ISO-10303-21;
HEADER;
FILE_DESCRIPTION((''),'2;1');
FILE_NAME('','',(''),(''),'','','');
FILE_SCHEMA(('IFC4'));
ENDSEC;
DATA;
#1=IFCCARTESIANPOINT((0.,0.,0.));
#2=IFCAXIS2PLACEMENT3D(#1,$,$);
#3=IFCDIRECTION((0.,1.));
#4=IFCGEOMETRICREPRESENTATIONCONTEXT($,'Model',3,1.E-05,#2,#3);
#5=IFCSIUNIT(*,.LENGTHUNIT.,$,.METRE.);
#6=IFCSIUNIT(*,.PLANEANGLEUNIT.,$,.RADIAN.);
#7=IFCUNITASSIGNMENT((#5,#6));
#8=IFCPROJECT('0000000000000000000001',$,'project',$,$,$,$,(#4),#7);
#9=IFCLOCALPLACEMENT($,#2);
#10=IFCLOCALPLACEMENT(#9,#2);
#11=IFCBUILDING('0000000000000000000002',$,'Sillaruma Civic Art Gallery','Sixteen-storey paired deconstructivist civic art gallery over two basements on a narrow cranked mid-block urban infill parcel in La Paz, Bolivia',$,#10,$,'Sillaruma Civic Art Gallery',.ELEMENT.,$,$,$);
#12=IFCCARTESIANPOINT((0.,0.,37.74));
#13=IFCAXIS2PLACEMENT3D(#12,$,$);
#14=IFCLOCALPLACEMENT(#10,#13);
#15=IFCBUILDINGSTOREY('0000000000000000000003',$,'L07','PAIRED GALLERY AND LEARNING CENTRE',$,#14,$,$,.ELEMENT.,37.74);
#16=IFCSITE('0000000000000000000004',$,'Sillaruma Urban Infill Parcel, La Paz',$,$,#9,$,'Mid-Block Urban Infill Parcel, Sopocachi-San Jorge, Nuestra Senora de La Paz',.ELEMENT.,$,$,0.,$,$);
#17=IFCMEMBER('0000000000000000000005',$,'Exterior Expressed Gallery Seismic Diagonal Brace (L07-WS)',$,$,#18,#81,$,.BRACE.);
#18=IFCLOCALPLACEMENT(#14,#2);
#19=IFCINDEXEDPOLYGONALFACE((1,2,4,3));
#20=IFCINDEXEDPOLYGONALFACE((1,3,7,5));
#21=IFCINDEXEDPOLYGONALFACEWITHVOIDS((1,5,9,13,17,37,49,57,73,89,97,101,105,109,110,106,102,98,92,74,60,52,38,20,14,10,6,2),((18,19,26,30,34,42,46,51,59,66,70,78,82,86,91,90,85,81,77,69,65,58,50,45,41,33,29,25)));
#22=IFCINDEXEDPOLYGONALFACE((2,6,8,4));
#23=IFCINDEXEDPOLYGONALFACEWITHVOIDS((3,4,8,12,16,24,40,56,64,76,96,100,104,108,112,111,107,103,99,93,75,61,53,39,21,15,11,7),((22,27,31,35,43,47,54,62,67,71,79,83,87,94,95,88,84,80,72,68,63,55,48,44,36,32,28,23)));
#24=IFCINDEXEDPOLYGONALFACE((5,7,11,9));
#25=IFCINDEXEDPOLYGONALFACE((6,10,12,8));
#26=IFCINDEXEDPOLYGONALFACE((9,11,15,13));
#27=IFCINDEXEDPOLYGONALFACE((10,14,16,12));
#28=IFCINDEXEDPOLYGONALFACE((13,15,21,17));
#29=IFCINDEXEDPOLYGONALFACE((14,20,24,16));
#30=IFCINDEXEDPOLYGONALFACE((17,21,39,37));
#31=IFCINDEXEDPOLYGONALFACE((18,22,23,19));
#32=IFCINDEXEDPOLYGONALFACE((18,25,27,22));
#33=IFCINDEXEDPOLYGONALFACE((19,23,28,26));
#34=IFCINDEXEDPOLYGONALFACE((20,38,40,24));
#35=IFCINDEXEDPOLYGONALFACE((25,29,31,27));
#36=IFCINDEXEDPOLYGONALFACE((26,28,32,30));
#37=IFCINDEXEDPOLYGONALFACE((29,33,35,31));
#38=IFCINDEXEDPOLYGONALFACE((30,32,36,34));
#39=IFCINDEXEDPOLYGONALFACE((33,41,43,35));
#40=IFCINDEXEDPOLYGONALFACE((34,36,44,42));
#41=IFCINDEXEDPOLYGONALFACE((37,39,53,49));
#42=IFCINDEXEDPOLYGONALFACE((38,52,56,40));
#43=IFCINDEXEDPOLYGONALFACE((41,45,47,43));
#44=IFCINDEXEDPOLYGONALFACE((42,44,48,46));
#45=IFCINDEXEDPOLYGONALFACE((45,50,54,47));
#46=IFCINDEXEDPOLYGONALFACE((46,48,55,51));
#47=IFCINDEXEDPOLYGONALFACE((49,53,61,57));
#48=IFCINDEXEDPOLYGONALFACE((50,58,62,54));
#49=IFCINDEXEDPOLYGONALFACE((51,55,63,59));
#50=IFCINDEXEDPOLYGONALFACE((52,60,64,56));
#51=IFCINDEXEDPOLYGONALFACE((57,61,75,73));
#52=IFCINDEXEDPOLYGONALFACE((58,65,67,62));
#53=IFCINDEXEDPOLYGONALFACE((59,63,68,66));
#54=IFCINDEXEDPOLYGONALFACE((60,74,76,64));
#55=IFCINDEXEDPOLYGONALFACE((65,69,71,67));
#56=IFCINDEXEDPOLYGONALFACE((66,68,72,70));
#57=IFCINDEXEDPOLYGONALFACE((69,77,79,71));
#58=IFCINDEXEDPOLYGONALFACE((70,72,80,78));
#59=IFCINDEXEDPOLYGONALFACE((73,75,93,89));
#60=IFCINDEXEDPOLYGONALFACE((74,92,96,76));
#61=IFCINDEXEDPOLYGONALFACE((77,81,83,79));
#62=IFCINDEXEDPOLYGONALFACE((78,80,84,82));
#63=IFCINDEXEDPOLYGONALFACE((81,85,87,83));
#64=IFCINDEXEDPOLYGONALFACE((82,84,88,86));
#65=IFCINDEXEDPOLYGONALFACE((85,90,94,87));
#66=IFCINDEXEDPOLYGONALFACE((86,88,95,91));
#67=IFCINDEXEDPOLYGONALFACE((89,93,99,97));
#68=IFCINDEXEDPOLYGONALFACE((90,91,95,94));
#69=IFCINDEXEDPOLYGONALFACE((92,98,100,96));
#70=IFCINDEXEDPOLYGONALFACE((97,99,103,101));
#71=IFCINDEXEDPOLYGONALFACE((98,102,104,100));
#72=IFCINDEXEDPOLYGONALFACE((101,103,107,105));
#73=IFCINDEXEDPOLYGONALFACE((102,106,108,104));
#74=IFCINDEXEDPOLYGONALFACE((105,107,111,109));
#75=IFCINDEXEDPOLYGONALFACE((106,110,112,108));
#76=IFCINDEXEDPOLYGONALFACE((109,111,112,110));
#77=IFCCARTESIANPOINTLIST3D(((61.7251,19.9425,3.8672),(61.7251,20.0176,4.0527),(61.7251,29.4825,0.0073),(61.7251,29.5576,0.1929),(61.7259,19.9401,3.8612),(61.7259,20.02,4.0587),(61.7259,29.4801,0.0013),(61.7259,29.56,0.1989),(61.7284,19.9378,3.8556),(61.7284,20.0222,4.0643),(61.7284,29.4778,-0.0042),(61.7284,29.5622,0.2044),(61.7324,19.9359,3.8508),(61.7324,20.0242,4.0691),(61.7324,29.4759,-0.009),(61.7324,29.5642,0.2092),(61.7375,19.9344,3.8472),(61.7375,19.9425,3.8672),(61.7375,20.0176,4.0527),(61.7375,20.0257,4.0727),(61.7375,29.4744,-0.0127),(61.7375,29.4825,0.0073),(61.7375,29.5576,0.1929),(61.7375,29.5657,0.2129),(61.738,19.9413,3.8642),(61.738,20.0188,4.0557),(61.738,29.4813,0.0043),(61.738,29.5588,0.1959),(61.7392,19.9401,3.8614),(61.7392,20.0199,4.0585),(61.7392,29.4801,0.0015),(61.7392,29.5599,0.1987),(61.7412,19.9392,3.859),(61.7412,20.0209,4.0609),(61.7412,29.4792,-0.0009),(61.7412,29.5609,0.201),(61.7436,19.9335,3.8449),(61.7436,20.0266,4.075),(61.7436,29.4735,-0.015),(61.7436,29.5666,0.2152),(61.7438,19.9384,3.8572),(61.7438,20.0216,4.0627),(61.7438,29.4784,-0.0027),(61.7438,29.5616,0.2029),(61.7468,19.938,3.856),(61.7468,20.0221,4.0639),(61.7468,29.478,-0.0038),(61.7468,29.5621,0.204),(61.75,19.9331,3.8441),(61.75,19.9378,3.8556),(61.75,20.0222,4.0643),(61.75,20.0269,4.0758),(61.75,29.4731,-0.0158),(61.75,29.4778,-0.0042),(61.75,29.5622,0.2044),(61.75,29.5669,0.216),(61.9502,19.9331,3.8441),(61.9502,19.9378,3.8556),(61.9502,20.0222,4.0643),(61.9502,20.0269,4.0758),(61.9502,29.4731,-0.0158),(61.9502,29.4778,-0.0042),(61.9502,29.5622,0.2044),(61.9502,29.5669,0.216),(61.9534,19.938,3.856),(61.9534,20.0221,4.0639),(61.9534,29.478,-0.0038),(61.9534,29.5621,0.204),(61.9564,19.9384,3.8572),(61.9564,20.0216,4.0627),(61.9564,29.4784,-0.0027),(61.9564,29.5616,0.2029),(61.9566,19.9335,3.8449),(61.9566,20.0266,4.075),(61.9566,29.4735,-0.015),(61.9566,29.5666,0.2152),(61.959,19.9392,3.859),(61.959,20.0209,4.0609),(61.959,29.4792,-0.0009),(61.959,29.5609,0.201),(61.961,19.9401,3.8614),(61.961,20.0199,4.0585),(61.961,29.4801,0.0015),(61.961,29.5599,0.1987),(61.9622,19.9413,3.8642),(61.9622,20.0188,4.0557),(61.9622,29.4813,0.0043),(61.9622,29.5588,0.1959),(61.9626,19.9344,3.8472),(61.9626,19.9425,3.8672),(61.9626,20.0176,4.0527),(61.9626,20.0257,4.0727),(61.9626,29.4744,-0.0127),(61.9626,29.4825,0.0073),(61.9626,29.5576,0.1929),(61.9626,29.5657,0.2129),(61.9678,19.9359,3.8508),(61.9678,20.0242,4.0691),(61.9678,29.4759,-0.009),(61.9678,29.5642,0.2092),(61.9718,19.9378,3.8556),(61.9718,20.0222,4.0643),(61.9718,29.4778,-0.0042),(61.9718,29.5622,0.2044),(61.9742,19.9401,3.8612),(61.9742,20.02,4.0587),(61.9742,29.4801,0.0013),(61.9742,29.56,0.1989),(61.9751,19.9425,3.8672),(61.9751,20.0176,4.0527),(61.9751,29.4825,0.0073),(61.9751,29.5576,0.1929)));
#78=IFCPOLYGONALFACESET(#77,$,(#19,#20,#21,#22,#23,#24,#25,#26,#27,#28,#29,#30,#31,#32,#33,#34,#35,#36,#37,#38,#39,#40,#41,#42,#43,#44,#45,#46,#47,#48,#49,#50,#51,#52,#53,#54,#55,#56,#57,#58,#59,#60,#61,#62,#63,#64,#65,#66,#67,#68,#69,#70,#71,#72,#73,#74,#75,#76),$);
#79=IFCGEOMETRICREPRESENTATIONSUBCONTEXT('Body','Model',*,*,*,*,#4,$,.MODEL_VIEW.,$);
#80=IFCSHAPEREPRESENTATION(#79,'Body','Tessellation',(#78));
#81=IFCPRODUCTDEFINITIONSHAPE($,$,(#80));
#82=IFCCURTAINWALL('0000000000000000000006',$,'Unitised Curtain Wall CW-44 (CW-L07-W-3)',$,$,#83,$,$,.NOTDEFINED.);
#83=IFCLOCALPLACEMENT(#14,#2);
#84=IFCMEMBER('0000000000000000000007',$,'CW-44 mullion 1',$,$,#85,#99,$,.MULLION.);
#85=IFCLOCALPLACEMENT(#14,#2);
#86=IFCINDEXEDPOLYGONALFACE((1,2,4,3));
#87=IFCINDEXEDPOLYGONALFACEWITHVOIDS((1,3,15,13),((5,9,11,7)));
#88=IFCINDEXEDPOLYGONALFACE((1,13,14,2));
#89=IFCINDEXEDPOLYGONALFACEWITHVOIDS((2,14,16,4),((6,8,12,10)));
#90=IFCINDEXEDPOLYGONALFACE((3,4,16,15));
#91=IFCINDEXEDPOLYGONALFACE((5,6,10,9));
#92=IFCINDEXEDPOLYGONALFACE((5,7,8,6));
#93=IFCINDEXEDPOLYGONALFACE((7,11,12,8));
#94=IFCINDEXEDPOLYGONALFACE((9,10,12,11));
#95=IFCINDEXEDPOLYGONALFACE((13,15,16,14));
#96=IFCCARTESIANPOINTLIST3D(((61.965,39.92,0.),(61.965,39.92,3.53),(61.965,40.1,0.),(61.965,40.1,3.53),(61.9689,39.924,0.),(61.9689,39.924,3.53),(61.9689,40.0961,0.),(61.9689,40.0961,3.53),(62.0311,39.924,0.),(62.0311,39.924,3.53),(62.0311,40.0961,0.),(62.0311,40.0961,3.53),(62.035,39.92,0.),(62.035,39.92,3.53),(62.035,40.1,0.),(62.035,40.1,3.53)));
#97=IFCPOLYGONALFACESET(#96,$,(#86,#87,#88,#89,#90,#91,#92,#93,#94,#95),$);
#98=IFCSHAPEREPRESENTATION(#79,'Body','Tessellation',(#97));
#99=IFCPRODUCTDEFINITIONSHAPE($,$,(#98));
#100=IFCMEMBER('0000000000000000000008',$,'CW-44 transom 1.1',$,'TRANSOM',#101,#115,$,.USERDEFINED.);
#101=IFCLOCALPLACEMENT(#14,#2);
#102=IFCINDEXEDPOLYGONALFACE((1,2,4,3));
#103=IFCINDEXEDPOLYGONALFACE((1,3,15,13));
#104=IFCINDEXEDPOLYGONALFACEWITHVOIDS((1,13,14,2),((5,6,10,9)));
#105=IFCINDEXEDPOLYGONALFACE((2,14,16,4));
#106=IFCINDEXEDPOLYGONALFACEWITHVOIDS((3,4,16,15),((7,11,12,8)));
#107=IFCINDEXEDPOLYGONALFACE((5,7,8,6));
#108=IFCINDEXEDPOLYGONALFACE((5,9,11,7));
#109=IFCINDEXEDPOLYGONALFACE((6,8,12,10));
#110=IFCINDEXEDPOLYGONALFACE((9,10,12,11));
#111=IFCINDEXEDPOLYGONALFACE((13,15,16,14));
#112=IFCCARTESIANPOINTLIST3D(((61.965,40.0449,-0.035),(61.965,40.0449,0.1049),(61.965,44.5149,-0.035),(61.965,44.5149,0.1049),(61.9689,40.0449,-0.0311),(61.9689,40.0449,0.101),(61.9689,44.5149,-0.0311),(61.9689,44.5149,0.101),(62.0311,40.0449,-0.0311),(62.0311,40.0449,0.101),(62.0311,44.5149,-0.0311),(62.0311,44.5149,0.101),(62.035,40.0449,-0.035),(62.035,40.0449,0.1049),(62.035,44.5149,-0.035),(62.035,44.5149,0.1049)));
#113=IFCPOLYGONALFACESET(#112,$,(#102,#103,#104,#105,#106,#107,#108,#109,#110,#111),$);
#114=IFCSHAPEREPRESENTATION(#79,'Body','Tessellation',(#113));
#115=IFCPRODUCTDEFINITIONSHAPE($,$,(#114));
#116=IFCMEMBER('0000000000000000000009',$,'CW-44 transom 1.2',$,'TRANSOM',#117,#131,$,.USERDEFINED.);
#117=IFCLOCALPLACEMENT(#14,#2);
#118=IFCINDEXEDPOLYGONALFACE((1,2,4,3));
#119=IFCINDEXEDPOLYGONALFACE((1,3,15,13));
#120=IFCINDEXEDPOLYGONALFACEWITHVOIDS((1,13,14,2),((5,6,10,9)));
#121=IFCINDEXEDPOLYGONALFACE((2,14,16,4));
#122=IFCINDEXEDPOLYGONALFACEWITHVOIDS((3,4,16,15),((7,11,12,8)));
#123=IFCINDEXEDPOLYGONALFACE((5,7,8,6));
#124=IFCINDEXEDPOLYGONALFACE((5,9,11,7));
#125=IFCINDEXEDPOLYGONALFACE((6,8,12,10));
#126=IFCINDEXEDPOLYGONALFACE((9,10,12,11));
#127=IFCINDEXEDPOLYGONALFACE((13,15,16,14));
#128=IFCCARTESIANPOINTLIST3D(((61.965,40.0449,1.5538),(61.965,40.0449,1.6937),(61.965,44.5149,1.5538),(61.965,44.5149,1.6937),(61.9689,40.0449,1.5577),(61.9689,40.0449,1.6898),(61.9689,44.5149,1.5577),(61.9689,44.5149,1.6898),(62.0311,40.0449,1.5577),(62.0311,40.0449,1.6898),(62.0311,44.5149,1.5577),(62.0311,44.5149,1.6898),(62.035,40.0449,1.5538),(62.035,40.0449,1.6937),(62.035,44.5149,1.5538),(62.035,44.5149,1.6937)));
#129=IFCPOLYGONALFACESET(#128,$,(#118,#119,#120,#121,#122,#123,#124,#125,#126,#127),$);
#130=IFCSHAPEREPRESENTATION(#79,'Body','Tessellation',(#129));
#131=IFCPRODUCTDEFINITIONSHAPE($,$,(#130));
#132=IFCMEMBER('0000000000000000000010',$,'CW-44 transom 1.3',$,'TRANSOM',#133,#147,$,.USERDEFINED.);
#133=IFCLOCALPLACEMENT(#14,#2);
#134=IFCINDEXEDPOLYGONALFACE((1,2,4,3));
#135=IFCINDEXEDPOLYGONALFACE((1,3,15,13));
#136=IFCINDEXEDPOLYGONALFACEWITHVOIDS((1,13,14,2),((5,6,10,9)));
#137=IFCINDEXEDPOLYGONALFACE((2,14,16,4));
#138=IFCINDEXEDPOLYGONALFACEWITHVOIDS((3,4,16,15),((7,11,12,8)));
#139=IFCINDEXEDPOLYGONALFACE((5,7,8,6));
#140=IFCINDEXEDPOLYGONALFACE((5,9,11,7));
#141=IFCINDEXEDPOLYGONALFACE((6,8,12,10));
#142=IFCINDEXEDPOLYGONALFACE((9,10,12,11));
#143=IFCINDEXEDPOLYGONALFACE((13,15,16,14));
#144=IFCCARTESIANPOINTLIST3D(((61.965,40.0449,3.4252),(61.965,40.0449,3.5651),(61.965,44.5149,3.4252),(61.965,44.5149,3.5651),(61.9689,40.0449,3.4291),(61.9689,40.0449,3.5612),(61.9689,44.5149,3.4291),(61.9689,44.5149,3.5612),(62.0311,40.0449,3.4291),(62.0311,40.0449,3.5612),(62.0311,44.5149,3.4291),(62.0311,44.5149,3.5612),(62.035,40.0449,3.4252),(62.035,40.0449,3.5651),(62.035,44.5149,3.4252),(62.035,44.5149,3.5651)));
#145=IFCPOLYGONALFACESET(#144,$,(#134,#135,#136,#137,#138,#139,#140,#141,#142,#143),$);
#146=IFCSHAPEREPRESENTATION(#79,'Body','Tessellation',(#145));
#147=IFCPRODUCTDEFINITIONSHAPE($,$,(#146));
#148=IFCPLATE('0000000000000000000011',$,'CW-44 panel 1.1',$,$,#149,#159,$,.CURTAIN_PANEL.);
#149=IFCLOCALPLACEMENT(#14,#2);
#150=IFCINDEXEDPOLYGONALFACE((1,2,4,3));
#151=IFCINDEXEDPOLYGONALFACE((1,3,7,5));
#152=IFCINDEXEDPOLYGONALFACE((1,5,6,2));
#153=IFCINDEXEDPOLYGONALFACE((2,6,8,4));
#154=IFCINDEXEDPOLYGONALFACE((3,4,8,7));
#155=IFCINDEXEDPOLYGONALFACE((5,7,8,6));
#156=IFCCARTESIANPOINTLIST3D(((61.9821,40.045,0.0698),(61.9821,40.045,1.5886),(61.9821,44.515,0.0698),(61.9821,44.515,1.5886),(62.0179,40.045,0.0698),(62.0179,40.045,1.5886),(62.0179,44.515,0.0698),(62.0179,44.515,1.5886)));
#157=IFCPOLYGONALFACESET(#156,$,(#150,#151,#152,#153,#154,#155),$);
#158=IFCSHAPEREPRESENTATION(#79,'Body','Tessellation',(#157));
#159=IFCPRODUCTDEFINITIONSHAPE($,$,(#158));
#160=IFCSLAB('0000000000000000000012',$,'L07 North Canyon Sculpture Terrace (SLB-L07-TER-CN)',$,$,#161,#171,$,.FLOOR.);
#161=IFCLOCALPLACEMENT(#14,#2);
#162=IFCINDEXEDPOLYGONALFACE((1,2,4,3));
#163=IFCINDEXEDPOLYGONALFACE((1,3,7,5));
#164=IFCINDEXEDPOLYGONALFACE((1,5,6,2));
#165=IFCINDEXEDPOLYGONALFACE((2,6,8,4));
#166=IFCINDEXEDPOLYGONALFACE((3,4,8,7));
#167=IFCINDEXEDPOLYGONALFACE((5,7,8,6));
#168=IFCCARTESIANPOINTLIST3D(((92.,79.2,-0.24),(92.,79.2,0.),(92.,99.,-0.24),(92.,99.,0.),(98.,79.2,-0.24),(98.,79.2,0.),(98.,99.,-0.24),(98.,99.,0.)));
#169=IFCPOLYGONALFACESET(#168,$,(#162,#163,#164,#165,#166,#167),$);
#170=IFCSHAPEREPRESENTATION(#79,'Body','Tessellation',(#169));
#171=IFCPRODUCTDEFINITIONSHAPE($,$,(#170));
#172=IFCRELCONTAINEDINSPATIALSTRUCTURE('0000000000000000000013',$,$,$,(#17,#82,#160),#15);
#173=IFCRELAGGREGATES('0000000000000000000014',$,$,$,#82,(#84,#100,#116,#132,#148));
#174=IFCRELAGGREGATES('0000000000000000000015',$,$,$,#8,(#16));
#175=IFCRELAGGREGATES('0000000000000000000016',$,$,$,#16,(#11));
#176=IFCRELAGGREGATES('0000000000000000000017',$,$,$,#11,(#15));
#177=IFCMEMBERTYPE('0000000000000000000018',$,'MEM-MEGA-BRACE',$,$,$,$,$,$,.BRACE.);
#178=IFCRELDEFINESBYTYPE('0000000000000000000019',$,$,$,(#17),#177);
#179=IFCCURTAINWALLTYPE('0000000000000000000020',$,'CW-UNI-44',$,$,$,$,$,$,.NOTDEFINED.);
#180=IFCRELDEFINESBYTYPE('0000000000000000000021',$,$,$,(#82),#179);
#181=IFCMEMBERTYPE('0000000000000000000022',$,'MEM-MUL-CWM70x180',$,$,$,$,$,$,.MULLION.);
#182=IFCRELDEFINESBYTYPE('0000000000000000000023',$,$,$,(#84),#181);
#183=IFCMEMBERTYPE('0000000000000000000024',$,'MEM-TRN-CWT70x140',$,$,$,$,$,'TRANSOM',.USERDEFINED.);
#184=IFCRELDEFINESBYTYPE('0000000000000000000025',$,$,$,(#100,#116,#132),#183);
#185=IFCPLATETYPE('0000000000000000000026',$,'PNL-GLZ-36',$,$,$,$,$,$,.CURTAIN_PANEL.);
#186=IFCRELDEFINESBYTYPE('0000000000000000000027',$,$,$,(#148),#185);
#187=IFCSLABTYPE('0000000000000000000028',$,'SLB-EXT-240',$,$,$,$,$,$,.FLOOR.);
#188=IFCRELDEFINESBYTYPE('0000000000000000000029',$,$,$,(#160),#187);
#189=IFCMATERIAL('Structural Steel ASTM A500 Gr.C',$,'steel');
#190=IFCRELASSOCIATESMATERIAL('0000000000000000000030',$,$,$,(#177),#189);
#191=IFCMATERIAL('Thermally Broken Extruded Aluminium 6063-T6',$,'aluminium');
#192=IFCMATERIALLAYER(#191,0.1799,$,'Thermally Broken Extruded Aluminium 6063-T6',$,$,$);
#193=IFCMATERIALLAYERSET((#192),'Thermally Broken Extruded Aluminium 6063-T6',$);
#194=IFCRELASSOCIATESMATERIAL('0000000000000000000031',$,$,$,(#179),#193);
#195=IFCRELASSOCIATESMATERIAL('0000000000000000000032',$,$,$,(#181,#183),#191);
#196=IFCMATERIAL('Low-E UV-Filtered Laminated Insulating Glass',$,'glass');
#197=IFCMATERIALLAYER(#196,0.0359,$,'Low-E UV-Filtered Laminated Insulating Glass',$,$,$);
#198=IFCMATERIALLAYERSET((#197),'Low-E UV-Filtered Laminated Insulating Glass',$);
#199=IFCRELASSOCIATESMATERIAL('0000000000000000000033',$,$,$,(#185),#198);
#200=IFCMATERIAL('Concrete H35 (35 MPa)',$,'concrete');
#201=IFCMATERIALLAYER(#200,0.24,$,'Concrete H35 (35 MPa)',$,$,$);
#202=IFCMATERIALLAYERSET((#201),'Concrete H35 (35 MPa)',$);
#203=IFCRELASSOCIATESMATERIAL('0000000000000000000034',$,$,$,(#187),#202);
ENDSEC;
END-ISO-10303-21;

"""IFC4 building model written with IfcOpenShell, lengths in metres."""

from ifc_helpers import new_model, si_unit, direction, frame, origin, origin_2d, place, context, subcontext, project, spatial, polyline, rectangle, hollow_rectangle, outline, extrude, material, layer, layer_set, material_profile, profile_set, type_object, element, aggregate, save


model = new_model("IFC4")

# Units and contexts
model_context = context("Model", 3, precision=1e-05, world=origin(), true_north=direction((0.0, 1.0)))
body_context = subcontext(model_context, "Body", "Model", "MODEL_VIEW")
ifc_project = project(units=[si_unit("LENGTHUNIT", "METRE"), si_unit("PLANEANGLEUNIT", "RADIAN")], contexts=[model_context])

# Site, building, storey
site_placement = place(None, origin())
site = spatial("IfcSite", under=ifc_project, at=site_placement, Name="Sillaruma Urban Infill Parcel, La Paz", LongName="Mid-Block Urban Infill Parcel, Sopocachi-San Jorge, Nuestra Senora de La Paz", CompositionType="ELEMENT", RefElevation=0.0)
building_placement = place(site_placement, origin())
building = spatial("IfcBuilding", under=site, at=building_placement, Name="Sillaruma Civic Art Gallery", Description="Sixteen-storey paired deconstructivist civic art gallery over two basements on a narrow cranked mid-block urban infill parcel in La Paz, Bolivia", LongName="Sillaruma Civic Art Gallery", CompositionType="ELEMENT")
storey_placement = place(building_placement, frame((0.0, 0.0, 37.74)))
storey = spatial("IfcBuildingStorey", under=building, at=storey_placement, Name="L07", Description="PAIRED GALLERY AND LEARNING CENTRE", CompositionType="ELEMENT", Elevation=37.74)

# Shared definitions
ifc_material_1 = material(Name="Concrete H35 (35 MPa)", Category="concrete")

# Member
ifc_material_2 = material(Name="Structural Steel ASTM A500 Gr.C", Category="steel")
ifc_material_profile_1 = material_profile(ifc_material_2, hollow_rectangle(XDim=0.25, YDim=0.25, WallThickness=0.0125, InnerFilletRadius=0.0125, OuterFilletRadius=0.0249, at=origin_2d()), Name="HSS250x250x12.5")
ifc_profile_set_1 = profile_set([ifc_material_profile_1], Name="Structural Steel ASTM A500 Gr.C")
member_type_1 = type_object("IfcMemberType", Name="MEM-MEGA-BRACE", PredefinedType="BRACE", material=ifc_profile_set_1)
member_1_placement = place(storey_placement, frame((61.8501, 29.52, 0.1001), z_axis=(0.0, -0.927, 0.375061), x_axis=(1.0, 0.0, 0.0)))
element("IfcMember", 1, at=member_1_placement, inside=storey, type_object=member_type_1, Name="Exterior Expressed Gallery Seismic Diagonal Brace (L07-WS)", PredefinedType="BRACE", context=body_context, shape_type="SweptSolid", body=[
    extrude(hollow_rectangle(XDim=0.25, YDim=0.25, WallThickness=0.0125, InnerFilletRadius=0.0125, OuterFilletRadius=0.0249, at=origin_2d()), origin(), (0.0, 0.0, 1.0), 10.2913),
])

# Curtain wall, members, plate
ifc_material_3 = material(Name="Thermally Broken Extruded Aluminium 6063-T6", Category="aluminium")
ifc_layer_1 = layer(ifc_material_3, 0.1799, Name="Thermally Broken Extruded Aluminium 6063-T6")
ifc_layer_set_1 = layer_set([ifc_layer_1], Name="Thermally Broken Extruded Aluminium 6063-T6")
curtain_wall_type = type_object("IfcCurtainWallType", Name="CW-UNI-44", PredefinedType="NOTDEFINED", material=ifc_layer_set_1)
curtain_wall_placement = place(storey_placement, origin())
curtain_wall = element("IfcCurtainWall", 2, at=curtain_wall_placement, inside=storey, type_object=curtain_wall_type, Name="Unitised Curtain Wall CW-44 (CW-L07-W-3)", PredefinedType="NOTDEFINED")
ifc_material_profile_2 = material_profile(ifc_material_3, hollow_rectangle(XDim=0.0701, YDim=0.1799, WallThickness=0.0039, at=origin_2d()), Name="CWM70x180")
ifc_profile_set_2 = profile_set([ifc_material_profile_2], Name="Thermally Broken Extruded Aluminium 6063-T6")
member_type_2 = type_object("IfcMemberType", Name="MEM-MUL-CWM70x180", PredefinedType="MULLION", material=ifc_profile_set_2)
member_2_placement = place(storey_placement, frame((62.0, 40.01, 0.0), z_axis=(0.0, 0.0, 1.0), x_axis=(-1.0, 0.0, 0.0)))
member_2 = element("IfcMember", 3, at=member_2_placement, type_object=member_type_2, Name="CW-44 mullion 1", PredefinedType="MULLION", context=body_context, shape_type="SweptSolid", body=[
    extrude(hollow_rectangle(XDim=0.0701, YDim=0.1799, WallThickness=0.0039, at=origin_2d()), origin(), (0.0, 0.0, 1.0), 3.53),
])
ifc_material_profile_3 = material_profile(ifc_material_3, hollow_rectangle(XDim=0.0701, YDim=0.1399, WallThickness=0.0039, at=origin_2d()), Name="CWT70x140")
ifc_profile_set_3 = profile_set([ifc_material_profile_3], Name="Thermally Broken Extruded Aluminium 6063-T6")
member_type_3 = type_object("IfcMemberType", Name="MEM-TRN-CWT70x140", ElementType="TRANSOM", PredefinedType="USERDEFINED", material=ifc_profile_set_3)
member_3_placement = place(storey_placement, frame((62.0, 40.0449, 0.0349), z_axis=(0.0, 1.0, 0.0), x_axis=(-1.0, 0.0, 0.0)))
member_3 = element("IfcMember", 4, at=member_3_placement, type_object=member_type_3, Name="CW-44 transom 1.1", ObjectType="TRANSOM", PredefinedType="USERDEFINED", context=body_context, shape_type="SweptSolid", body=[
    extrude(hollow_rectangle(XDim=0.0701, YDim=0.1399, WallThickness=0.0039, at=origin_2d()), origin(), (0.0, 0.0, 1.0), 4.47),
])
member_4_placement = place(storey_placement, frame((62.0, 40.0449, 1.6238), z_axis=(0.0, 1.0, 0.0), x_axis=(-1.0, 0.0, 0.0)))
member_4 = element("IfcMember", 5, at=member_4_placement, type_object=member_type_3, Name="CW-44 transom 1.2", ObjectType="TRANSOM", PredefinedType="USERDEFINED", context=body_context, shape_type="SweptSolid", body=[
    extrude(hollow_rectangle(XDim=0.0701, YDim=0.1399, WallThickness=0.0039, at=origin_2d()), origin(), (0.0, 0.0, 1.0), 4.47),
])
member_5_placement = place(storey_placement, frame((62.0, 40.0449, 3.4951), z_axis=(0.0, 1.0, 0.0), x_axis=(-1.0, 0.0, 0.0)))
member_5 = element("IfcMember", 6, at=member_5_placement, type_object=member_type_3, Name="CW-44 transom 1.3", ObjectType="TRANSOM", PredefinedType="USERDEFINED", context=body_context, shape_type="SweptSolid", body=[
    extrude(hollow_rectangle(XDim=0.0701, YDim=0.1399, WallThickness=0.0039, at=origin_2d()), origin(), (0.0, 0.0, 1.0), 4.47),
])
ifc_material_4 = material(Name="Low-E UV-Filtered Laminated Insulating Glass", Category="glass")
ifc_layer_2 = layer(ifc_material_4, 0.0359, Name="Low-E UV-Filtered Laminated Insulating Glass")
ifc_layer_set_2 = layer_set([ifc_layer_2], Name="Low-E UV-Filtered Laminated Insulating Glass")
plate_type = type_object("IfcPlateType", Name="PNL-GLZ-36", PredefinedType="CURTAIN_PANEL", material=ifc_layer_set_2)
plate_placement = place(storey_placement, frame((62.0, 42.28, 0.0698), z_axis=(0.0, 0.0, 1.0), x_axis=(0.0, 1.0, 0.0)))
plate = element("IfcPlate", 7, at=plate_placement, type_object=plate_type, Name="CW-44 panel 1.1", PredefinedType="CURTAIN_PANEL", context=body_context, shape_type="SweptSolid", body=[
    extrude(rectangle(XDim=4.47, YDim=0.0359, at=origin_2d()), origin(), (0.0, 0.0, 1.0), 1.5188),
])
aggregate(curtain_wall, [member_2, member_3, member_4, member_5, plate])

# Slab
ifc_layer_3 = layer(ifc_material_1, 0.24, Name="Concrete H35 (35 MPa)")
ifc_layer_set_3 = layer_set([ifc_layer_3], Name="Concrete H35 (35 MPa)")
slab_type_1 = type_object("IfcSlabType", Name="SLB-EXT-240", PredefinedType="FLOOR", material=ifc_layer_set_3)
slab_1_placement = place(storey_placement, frame((0.0, 0.0, -0.24)))
element("IfcSlab", 8, at=slab_1_placement, inside=storey, type_object=slab_type_1, Name="L07 North Canyon Sculpture Terrace (SLB-L07-TER-CN)", PredefinedType="FLOOR", context=body_context, shape_type="SweptSolid", body=[
    extrude(outline(polyline([(92.0, 79.2), (98.0, 79.2), (98.0, 99.0), (92.0, 99.0), (92.0, 79.2)])), origin(), (0.0, 0.0, 1.0), 0.24),
])

save(model, "model.ifc")
